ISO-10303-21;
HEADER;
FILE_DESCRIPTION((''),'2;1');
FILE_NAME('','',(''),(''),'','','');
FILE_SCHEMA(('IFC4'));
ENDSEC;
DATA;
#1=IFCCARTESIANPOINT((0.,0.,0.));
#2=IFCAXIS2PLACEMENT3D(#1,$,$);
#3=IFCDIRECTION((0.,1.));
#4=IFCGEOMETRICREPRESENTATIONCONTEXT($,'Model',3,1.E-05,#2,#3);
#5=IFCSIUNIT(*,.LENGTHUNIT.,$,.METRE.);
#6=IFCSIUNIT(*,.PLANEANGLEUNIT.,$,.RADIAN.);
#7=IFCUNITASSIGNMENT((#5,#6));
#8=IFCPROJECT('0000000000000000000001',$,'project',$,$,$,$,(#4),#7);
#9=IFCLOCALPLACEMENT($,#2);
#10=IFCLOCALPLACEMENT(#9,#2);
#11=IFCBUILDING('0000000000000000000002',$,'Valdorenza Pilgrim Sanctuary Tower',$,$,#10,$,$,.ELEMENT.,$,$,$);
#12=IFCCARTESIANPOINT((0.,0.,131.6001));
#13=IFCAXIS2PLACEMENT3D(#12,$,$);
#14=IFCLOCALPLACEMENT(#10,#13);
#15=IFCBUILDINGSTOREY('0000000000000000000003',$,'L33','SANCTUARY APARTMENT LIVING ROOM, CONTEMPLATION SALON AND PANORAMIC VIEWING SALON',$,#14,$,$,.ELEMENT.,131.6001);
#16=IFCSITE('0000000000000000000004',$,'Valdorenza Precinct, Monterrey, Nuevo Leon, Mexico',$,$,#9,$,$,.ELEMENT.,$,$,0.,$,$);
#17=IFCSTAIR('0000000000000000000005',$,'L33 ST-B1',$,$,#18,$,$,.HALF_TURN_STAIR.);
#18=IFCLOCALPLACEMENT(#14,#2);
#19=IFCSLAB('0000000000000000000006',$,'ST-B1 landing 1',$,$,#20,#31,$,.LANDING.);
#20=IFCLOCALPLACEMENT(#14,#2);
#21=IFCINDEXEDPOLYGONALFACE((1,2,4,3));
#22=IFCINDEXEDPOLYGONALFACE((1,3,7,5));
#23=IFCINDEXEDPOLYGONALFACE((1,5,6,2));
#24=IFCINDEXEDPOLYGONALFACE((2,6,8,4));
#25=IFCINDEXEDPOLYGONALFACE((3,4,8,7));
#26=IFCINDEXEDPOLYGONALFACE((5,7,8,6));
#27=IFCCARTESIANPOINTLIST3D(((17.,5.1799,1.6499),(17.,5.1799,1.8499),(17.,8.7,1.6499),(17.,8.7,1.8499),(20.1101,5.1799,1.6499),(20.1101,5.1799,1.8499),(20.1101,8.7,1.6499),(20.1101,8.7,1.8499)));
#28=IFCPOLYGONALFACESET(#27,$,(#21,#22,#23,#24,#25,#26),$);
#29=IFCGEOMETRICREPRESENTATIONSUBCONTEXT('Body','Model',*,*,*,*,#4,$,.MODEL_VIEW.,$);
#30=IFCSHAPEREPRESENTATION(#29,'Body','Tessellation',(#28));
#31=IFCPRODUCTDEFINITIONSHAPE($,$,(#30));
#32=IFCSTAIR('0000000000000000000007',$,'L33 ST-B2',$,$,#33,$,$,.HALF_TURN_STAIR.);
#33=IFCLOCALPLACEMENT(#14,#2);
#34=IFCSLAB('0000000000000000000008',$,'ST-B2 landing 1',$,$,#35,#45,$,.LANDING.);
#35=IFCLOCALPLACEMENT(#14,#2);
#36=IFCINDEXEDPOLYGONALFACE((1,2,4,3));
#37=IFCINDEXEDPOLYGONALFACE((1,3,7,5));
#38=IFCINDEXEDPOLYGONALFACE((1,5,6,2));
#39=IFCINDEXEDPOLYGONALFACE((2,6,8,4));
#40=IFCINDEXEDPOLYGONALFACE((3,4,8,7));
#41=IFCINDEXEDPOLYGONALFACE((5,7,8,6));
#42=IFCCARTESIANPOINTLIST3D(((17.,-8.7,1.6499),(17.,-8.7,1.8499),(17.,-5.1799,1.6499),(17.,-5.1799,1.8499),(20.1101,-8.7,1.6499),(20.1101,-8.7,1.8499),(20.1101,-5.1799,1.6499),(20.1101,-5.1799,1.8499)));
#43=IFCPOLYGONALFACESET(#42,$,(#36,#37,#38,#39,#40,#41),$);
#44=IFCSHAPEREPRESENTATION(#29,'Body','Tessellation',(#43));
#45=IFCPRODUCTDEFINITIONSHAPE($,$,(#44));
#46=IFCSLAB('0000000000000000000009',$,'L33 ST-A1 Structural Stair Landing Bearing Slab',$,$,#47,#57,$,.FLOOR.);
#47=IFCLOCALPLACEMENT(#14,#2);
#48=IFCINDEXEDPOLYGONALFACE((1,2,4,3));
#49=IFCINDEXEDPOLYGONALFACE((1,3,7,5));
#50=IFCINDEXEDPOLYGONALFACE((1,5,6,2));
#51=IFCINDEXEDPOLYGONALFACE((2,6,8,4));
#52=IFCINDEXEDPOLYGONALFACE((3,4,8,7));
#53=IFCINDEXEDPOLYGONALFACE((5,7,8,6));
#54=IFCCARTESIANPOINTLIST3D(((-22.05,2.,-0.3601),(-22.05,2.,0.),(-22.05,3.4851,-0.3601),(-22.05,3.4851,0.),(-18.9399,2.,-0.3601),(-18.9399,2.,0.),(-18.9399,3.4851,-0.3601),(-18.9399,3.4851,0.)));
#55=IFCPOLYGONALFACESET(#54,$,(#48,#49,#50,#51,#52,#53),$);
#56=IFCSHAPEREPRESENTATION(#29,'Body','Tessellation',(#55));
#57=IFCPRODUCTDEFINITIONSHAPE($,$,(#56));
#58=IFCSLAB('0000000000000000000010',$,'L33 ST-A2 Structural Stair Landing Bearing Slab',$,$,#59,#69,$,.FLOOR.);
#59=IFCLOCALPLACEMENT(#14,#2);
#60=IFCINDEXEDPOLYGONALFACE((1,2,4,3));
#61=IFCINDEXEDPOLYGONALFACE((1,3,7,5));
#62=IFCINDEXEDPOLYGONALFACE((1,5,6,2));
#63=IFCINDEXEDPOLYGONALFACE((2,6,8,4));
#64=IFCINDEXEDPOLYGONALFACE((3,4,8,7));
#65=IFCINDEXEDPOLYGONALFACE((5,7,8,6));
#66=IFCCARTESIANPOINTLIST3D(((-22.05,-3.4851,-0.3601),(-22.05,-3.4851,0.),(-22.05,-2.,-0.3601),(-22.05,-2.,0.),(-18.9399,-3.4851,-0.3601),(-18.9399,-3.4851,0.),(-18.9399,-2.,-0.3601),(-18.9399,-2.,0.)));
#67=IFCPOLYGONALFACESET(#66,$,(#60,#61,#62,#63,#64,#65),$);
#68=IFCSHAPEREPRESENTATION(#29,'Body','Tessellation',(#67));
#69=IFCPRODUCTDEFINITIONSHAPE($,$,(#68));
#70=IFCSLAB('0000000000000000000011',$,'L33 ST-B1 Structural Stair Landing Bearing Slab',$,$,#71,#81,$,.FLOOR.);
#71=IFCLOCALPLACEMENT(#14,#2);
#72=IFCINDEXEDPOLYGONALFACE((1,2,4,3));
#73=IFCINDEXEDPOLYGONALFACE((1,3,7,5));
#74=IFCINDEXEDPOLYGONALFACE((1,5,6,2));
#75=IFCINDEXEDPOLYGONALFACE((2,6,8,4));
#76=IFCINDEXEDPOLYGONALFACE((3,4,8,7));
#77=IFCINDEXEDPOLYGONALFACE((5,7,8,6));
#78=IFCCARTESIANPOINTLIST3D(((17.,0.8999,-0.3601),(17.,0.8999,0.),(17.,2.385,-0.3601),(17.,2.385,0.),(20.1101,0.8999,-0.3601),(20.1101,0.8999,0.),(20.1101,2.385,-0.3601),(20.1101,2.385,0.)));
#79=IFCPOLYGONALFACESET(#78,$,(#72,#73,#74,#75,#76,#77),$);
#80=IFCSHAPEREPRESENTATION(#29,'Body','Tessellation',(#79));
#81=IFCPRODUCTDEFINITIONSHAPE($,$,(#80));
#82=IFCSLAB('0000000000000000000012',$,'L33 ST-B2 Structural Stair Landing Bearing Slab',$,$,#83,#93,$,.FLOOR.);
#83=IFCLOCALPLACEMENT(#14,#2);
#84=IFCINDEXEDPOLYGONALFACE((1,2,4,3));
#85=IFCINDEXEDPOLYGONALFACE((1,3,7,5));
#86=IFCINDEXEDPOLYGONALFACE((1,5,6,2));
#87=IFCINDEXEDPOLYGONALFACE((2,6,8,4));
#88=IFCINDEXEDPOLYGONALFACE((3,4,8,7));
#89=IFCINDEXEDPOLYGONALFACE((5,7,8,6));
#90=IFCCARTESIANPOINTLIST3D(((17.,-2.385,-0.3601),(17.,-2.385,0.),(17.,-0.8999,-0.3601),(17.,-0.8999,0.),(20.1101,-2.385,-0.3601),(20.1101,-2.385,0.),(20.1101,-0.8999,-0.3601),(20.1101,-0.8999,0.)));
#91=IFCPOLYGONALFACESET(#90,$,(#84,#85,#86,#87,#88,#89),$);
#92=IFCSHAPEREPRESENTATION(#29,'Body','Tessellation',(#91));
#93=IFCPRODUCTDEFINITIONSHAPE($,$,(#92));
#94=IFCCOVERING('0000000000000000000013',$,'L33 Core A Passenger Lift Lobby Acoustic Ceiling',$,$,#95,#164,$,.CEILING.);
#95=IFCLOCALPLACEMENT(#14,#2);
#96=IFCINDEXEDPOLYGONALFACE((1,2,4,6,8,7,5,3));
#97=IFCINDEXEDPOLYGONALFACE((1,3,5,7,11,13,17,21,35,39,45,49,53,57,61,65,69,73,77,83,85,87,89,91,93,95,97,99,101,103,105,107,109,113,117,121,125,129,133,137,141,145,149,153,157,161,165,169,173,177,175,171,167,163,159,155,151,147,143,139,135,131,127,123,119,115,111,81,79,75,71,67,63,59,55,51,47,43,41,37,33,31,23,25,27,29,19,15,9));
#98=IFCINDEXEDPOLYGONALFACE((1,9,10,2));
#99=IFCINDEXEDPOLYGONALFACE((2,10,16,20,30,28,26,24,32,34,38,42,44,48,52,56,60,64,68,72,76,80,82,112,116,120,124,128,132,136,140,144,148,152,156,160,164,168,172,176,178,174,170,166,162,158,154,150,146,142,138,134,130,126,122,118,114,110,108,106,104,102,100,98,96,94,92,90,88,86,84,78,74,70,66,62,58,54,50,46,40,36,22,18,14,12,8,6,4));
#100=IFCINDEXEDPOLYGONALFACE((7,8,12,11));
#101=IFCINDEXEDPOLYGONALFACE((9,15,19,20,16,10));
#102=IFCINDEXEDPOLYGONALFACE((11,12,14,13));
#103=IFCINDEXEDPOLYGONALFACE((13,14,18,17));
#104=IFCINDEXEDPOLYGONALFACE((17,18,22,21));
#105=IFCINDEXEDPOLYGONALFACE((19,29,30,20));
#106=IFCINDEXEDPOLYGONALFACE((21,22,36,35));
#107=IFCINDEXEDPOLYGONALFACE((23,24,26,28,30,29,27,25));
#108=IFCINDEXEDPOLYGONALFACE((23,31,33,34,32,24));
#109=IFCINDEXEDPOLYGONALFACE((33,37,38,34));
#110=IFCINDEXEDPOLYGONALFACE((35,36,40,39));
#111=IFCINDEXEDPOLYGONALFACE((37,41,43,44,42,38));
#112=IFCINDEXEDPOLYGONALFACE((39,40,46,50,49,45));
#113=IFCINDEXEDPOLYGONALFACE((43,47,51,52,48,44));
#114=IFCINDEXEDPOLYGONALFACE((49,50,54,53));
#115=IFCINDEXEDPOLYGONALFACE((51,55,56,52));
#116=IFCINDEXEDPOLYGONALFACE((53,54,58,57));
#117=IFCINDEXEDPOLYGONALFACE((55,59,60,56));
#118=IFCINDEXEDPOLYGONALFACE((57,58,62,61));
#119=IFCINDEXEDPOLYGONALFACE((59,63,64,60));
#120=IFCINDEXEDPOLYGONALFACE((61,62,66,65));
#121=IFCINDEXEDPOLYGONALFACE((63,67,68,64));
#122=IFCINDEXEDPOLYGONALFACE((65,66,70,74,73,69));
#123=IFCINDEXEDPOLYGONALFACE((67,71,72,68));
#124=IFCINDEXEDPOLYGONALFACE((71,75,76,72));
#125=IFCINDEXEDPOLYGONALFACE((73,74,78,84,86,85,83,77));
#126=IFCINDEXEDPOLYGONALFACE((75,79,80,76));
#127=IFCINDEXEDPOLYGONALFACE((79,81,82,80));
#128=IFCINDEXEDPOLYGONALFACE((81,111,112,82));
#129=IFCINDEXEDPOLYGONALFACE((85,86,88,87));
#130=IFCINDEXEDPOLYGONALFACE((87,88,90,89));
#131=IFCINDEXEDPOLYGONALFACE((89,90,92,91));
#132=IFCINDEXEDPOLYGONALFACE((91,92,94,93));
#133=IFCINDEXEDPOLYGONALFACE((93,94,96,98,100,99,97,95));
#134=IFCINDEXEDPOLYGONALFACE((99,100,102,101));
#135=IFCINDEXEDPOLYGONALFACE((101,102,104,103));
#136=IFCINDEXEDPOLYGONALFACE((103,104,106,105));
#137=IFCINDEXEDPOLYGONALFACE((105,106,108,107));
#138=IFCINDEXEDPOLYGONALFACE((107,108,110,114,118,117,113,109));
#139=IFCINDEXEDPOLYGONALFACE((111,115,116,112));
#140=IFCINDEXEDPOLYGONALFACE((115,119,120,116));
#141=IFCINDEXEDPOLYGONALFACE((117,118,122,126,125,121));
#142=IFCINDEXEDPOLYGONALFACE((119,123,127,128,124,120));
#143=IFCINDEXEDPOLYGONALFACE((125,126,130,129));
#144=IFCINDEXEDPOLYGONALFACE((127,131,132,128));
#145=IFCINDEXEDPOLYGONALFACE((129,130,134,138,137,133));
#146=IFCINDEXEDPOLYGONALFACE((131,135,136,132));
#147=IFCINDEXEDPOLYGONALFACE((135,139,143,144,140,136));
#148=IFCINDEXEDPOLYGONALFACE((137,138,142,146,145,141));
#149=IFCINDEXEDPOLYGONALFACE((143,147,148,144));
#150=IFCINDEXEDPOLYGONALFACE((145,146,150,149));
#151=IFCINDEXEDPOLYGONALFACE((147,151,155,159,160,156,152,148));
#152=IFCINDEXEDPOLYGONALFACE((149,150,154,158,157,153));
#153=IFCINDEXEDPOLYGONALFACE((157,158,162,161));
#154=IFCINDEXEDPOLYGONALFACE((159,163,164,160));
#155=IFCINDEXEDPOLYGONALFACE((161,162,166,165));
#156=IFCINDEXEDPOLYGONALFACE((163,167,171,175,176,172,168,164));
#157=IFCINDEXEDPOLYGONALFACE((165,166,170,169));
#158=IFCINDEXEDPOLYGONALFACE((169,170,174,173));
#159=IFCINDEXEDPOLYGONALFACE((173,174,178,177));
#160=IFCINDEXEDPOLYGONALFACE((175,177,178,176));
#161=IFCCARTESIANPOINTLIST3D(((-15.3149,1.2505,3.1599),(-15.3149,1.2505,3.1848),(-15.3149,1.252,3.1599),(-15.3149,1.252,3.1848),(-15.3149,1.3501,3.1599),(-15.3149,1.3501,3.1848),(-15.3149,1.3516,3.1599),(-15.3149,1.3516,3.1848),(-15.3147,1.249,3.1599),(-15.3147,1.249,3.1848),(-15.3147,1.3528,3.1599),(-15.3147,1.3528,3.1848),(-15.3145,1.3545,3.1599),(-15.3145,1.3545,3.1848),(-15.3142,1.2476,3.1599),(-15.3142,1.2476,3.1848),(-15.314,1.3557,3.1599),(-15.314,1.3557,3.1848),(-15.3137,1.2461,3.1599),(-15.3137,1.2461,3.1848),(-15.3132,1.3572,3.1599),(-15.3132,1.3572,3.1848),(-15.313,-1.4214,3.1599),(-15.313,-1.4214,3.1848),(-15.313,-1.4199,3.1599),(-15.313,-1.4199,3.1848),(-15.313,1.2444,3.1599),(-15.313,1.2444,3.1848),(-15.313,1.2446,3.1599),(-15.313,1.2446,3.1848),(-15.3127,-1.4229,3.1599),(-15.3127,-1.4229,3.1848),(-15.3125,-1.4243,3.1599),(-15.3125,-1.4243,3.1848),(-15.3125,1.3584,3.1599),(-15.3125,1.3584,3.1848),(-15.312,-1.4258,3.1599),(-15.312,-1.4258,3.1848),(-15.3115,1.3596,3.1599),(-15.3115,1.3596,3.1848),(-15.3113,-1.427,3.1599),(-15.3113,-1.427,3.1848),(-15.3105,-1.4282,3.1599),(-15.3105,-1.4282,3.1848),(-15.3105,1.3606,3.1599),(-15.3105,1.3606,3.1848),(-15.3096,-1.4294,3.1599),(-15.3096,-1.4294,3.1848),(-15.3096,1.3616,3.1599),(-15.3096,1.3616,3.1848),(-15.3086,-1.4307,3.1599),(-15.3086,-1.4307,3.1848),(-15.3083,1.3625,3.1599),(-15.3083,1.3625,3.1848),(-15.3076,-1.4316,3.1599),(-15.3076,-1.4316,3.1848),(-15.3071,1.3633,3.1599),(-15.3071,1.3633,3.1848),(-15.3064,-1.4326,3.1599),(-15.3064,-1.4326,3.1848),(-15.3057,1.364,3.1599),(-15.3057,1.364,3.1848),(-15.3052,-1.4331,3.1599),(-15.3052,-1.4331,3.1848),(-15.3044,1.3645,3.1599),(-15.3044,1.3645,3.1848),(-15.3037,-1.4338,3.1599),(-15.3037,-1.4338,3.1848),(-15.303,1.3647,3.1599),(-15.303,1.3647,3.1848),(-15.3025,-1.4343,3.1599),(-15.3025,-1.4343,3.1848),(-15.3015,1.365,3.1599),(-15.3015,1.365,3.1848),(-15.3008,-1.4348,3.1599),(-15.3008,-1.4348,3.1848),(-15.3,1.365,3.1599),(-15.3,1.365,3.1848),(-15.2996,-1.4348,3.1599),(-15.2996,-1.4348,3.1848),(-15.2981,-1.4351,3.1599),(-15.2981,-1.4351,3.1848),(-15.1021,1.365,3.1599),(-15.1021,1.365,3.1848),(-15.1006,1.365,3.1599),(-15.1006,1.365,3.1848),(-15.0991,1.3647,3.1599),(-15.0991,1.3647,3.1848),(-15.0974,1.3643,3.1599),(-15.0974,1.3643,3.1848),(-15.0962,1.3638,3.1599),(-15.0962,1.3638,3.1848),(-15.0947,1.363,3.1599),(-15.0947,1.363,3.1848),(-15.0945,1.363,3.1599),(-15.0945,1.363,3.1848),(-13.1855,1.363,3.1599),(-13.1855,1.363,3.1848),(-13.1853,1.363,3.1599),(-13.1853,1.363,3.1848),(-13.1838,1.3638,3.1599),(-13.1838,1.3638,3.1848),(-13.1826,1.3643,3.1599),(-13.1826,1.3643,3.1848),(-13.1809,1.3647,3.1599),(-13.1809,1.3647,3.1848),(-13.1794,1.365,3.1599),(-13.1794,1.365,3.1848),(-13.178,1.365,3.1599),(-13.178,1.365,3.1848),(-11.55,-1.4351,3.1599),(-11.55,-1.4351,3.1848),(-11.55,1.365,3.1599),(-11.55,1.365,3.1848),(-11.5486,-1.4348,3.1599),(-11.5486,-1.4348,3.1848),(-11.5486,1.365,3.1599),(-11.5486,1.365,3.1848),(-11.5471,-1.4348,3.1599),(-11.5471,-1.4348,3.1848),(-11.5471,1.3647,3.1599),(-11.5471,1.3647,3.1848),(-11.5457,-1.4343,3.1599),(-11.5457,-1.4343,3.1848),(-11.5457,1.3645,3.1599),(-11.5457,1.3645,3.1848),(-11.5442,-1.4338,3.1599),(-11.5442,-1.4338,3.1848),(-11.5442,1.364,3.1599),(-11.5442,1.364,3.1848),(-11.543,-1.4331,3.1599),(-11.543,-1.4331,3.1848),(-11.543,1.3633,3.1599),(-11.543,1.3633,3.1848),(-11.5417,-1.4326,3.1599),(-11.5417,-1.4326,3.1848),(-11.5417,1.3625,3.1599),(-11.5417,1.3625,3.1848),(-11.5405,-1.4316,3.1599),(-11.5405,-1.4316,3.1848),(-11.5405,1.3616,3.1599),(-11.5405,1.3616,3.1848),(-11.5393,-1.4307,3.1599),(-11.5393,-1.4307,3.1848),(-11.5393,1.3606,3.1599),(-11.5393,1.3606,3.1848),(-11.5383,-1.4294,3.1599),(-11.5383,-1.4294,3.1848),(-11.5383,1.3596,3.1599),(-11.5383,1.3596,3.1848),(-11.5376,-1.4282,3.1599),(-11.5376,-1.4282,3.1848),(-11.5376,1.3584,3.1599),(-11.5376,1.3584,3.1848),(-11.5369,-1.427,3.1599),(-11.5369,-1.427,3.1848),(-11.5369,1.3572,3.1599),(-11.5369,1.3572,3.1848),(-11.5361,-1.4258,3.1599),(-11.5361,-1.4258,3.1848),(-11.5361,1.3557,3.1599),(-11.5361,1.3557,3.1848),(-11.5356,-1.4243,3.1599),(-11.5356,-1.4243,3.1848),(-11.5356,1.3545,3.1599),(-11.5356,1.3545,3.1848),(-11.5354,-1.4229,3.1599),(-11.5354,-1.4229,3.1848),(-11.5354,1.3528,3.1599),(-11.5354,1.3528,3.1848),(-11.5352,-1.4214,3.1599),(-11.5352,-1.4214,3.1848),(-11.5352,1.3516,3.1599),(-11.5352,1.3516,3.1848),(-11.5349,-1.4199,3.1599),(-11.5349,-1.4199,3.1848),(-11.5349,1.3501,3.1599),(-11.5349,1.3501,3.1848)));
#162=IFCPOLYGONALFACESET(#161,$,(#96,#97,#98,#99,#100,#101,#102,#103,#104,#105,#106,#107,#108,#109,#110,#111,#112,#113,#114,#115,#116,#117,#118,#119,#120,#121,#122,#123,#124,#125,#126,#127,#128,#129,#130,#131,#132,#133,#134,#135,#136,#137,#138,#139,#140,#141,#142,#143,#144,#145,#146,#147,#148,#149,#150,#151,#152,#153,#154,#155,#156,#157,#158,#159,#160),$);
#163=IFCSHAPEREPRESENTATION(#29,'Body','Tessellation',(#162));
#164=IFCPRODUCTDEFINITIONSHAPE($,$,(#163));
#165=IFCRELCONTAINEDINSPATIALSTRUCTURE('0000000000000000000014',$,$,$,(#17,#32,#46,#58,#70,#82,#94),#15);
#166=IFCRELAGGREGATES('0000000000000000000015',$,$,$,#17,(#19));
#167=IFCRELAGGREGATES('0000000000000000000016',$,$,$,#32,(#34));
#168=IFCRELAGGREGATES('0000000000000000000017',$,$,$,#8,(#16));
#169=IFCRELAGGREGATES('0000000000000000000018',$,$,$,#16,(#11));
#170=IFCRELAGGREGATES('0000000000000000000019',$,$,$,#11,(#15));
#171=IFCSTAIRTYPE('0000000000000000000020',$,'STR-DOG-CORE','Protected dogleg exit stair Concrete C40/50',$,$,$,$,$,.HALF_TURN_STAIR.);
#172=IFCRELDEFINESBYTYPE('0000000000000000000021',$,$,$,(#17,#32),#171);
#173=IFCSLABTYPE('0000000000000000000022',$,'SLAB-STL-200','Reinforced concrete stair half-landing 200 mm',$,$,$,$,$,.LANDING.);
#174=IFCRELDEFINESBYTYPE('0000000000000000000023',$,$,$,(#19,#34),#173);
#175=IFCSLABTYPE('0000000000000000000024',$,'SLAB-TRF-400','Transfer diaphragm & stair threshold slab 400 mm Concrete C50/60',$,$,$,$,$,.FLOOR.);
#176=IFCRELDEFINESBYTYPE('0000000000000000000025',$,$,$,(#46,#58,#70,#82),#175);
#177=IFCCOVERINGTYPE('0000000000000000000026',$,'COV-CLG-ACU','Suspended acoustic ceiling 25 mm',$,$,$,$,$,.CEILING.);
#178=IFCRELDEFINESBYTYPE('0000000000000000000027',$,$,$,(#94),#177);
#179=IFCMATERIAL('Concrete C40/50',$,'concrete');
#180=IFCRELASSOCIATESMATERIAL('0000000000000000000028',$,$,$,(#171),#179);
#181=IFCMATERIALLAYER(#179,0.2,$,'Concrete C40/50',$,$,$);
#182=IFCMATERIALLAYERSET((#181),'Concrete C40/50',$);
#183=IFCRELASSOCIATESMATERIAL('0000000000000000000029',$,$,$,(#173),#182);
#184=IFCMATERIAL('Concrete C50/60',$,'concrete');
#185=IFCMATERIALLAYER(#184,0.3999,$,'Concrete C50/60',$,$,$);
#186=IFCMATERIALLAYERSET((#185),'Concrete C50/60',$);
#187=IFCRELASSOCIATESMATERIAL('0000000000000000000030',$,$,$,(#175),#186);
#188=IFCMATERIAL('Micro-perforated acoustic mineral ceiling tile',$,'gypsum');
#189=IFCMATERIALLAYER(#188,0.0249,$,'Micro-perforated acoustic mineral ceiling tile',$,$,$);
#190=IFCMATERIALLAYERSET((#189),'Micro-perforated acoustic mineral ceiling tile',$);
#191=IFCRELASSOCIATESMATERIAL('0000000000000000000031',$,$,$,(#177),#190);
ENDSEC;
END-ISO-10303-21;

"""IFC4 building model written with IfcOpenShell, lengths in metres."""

from ifc_helpers import new_model, si_unit, direction, frame, origin, place, context, subcontext, project, spatial, polyline, outline, extrude, material, layer, layer_set, type_object, element, aggregate, save


model = new_model("IFC4")

# Units and contexts
model_context = context("Model", 3, precision=1e-05, world=origin(), true_north=direction((0.0, 1.0)))
body_context = subcontext(model_context, "Body", "Model", "MODEL_VIEW")
ifc_project = project(units=[si_unit("LENGTHUNIT", "METRE"), si_unit("PLANEANGLEUNIT", "RADIAN")], contexts=[model_context])

# Site, building, storey
site_placement = place(None, origin())
site = spatial("IfcSite", under=ifc_project, at=site_placement, Name="Valdorenza Precinct, Monterrey, Nuevo Leon, Mexico", CompositionType="ELEMENT", RefElevation=0.0)
building_placement = place(site_placement, origin())
building = spatial("IfcBuilding", under=site, at=building_placement, Name="Valdorenza Pilgrim Sanctuary Tower", CompositionType="ELEMENT")
storey_placement = place(building_placement, frame((0.0, 0.0, 131.6001)))
storey = spatial("IfcBuildingStorey", under=building, at=storey_placement, Name="L33", Description="SANCTUARY APARTMENT LIVING ROOM, CONTEMPLATION SALON AND PANORAMIC VIEWING SALON", CompositionType="ELEMENT", Elevation=131.6001)

# Shared definitions
ifc_material_1 = material(Name="Concrete C40/50", Category="concrete")

# Stairs, slabs
stair_type = type_object("IfcStairType", Name="STR-DOG-CORE", Description="Protected dogleg exit stair Concrete C40/50", PredefinedType="HALF_TURN_STAIR", material=ifc_material_1)
ifc_layer_1 = layer(ifc_material_1, 0.2, Name="Concrete C40/50")
ifc_layer_set_1 = layer_set([ifc_layer_1], Name="Concrete C40/50")
slab_type_1 = type_object("IfcSlabType", Name="SLAB-STL-200", Description="Reinforced concrete stair half-landing 200 mm", PredefinedType="LANDING", material=ifc_layer_set_1)
stair_1_placement = place(storey_placement, origin())
stair_1 = element("IfcStair", 1, at=stair_1_placement, inside=storey, type_object=stair_type, Name="L33 ST-B1", PredefinedType="HALF_TURN_STAIR")
slab_1_placement = place(storey_placement, frame((0.0, 0.0, 1.6499)))
slab_1 = element("IfcSlab", 2, at=slab_1_placement, type_object=slab_type_1, Name="ST-B1 landing 1", PredefinedType="LANDING", context=body_context, shape_type="SweptSolid", body=[
    extrude(outline(polyline([(20.1101, 5.1799), (20.1101, 8.7), (17.0, 8.7), (17.0, 5.1799), (20.1101, 5.1799)])), origin(), (0.0, 0.0, 1.0), 0.2),
])
aggregate(stair_1, [slab_1])
stair_2_placement = place(storey_placement, origin())
stair_2 = element("IfcStair", 3, at=stair_2_placement, inside=storey, type_object=stair_type, Name="L33 ST-B2", PredefinedType="HALF_TURN_STAIR")
slab_2_placement = place(storey_placement, frame((0.0, 0.0, 1.6499)))
slab_2 = element("IfcSlab", 4, at=slab_2_placement, type_object=slab_type_1, Name="ST-B2 landing 1", PredefinedType="LANDING", context=body_context, shape_type="SweptSolid", body=[
    extrude(outline(polyline([(17.0, -5.1799), (17.0, -8.7), (20.1101, -8.7), (20.1101, -5.1799), (17.0, -5.1799)])), origin(), (0.0, 0.0, 1.0), 0.2),
])
aggregate(stair_2, [slab_2])

# Slabs
ifc_material_2 = material(Name="Concrete C50/60", Category="concrete")
ifc_layer_2 = layer(ifc_material_2, 0.3999, Name="Concrete C50/60")
ifc_layer_set_2 = layer_set([ifc_layer_2], Name="Concrete C50/60")
slab_type_2 = type_object("IfcSlabType", Name="SLAB-TRF-400", Description="Transfer diaphragm & stair threshold slab 400 mm Concrete C50/60", PredefinedType="FLOOR", material=ifc_layer_set_2)
slab_3_placement = place(storey_placement, frame((0.0, 0.0, -0.3601)))
element("IfcSlab", 5, at=slab_3_placement, inside=storey, type_object=slab_type_2, Name="L33 ST-A1 Structural Stair Landing Bearing Slab", PredefinedType="FLOOR", context=body_context, shape_type="SweptSolid", body=[
    extrude(outline(polyline([(-22.05, 2.0), (-18.9399, 2.0), (-18.9399, 3.4851), (-22.05, 3.4851), (-22.05, 2.0)])), origin(), (0.0, 0.0, 1.0), 0.3601),
])
slab_4_placement = place(storey_placement, frame((0.0, 0.0, -0.3601)))
element("IfcSlab", 6, at=slab_4_placement, inside=storey, type_object=slab_type_2, Name="L33 ST-A2 Structural Stair Landing Bearing Slab", PredefinedType="FLOOR", context=body_context, shape_type="SweptSolid", body=[
    extrude(outline(polyline([(-22.05, -3.4851), (-18.9399, -3.4851), (-18.9399, -2.0), (-22.05, -2.0), (-22.05, -3.4851)])), origin(), (0.0, 0.0, 1.0), 0.3601),
])
slab_5_placement = place(storey_placement, frame((0.0, 0.0, -0.3601)))
element("IfcSlab", 7, at=slab_5_placement, inside=storey, type_object=slab_type_2, Name="L33 ST-B1 Structural Stair Landing Bearing Slab", PredefinedType="FLOOR", context=body_context, shape_type="SweptSolid", body=[
    extrude(outline(polyline([(17.0, 0.8999), (20.1101, 0.8999), (20.1101, 2.385), (17.0, 2.385), (17.0, 0.8999)])), origin(), (0.0, 0.0, 1.0), 0.3601),
])
slab_6_placement = place(storey_placement, frame((0.0, 0.0, -0.3601)))
element("IfcSlab", 8, at=slab_6_placement, inside=storey, type_object=slab_type_2, Name="L33 ST-B2 Structural Stair Landing Bearing Slab", PredefinedType="FLOOR", context=body_context, shape_type="SweptSolid", body=[
    extrude(outline(polyline([(17.0, -2.385), (20.1101, -2.385), (20.1101, -0.8999), (17.0, -0.8999), (17.0, -2.385)])), origin(), (0.0, 0.0, 1.0), 0.3601),
])

# Covering
ifc_material_3 = material(Name="Micro-perforated acoustic mineral ceiling tile", Category="gypsum")
ifc_layer_3 = layer(ifc_material_3, 0.0249, Name="Micro-perforated acoustic mineral ceiling tile")
ifc_layer_set_3 = layer_set([ifc_layer_3], Name="Micro-perforated acoustic mineral ceiling tile")
covering_type_1 = type_object("IfcCoveringType", Name="COV-CLG-ACU", Description="Suspended acoustic ceiling 25 mm", PredefinedType="CEILING", material=ifc_layer_set_3)
covering_1_placement = place(storey_placement, frame((0.0, 0.0, 3.1599)))
element("IfcCovering", 9, at=covering_1_placement, inside=storey, type_object=covering_type_1, Name="L33 Core A Passenger Lift Lobby Acoustic Ceiling", PredefinedType="CEILING", context=body_context, shape_type="SweptSolid", body=[
    extrude(outline(polyline([(-15.313, 1.2444), (-15.313, 1.2446), (-15.3137, 1.2461), (-15.3142, 1.2476), (-15.3147, 1.249), (-15.3149, 1.2505), (-15.3149, 1.252), (-15.3149, 1.3501), (-15.3149, 1.3516), (-15.3147, 1.3528), (-15.3145, 1.3545), (-15.314, 1.3557), (-15.3132, 1.3572), (-15.3125, 1.3584), (-15.3115, 1.3596), (-15.3105, 1.3606), (-15.3096, 1.3616), (-15.3083, 1.3625), (-15.3071, 1.3633), (-15.3057, 1.364), (-15.3044, 1.3645), (-15.303, 1.3647), (-15.3015, 1.365), (-15.3, 1.365), (-15.1021, 1.365), (-15.1006, 1.365), (-15.0991, 1.3647), (-15.0974, 1.3643), (-15.0962, 1.3638), (-15.0947, 1.363), (-15.0945, 1.363), (-13.1855, 1.363), (-13.1853, 1.363), (-13.1838, 1.3638), (-13.1826, 1.3643), (-13.1809, 1.3647), (-13.1794, 1.365), (-13.178, 1.365), (-11.55, 1.365), (-11.5486, 1.365), (-11.5471, 1.3647), (-11.5457, 1.3645), (-11.5442, 1.364), (-11.543, 1.3633), (-11.5417, 1.3625), (-11.5405, 1.3616), (-11.5393, 1.3606), (-11.5383, 1.3596), (-11.5376, 1.3584), (-11.5369, 1.3572), (-11.5361, 1.3557), (-11.5356, 1.3545), (-11.5354, 1.3528), (-11.5352, 1.3516), (-11.5349, 1.3501), (-11.5349, -1.4199), (-11.5352, -1.4214), (-11.5354, -1.4229), (-11.5356, -1.4243), (-11.5361, -1.4258), (-11.5369, -1.427), (-11.5376, -1.4282), (-11.5383, -1.4294), (-11.5393, -1.4307), (-11.5405, -1.4316), (-11.5417, -1.4326), (-11.543, -1.4331), (-11.5442, -1.4338), (-11.5457, -1.4343), (-11.5471, -1.4348), (-11.5486, -1.4348), (-11.55, -1.4351), (-15.2981, -1.4351), (-15.2996, -1.4348), (-15.3008, -1.4348), (-15.3025, -1.4343), (-15.3037, -1.4338), (-15.3052, -1.4331), (-15.3064, -1.4326), (-15.3076, -1.4316), (-15.3086, -1.4307), (-15.3096, -1.4294), (-15.3105, -1.4282), (-15.3113, -1.427), (-15.312, -1.4258), (-15.3125, -1.4243), (-15.3127, -1.4229), (-15.313, -1.4214), (-15.313, -1.4199), (-15.313, 1.2444)])), origin(), (0.0, 0.0, 1.0), 0.0249),
])

save(model, "model.ifc")
